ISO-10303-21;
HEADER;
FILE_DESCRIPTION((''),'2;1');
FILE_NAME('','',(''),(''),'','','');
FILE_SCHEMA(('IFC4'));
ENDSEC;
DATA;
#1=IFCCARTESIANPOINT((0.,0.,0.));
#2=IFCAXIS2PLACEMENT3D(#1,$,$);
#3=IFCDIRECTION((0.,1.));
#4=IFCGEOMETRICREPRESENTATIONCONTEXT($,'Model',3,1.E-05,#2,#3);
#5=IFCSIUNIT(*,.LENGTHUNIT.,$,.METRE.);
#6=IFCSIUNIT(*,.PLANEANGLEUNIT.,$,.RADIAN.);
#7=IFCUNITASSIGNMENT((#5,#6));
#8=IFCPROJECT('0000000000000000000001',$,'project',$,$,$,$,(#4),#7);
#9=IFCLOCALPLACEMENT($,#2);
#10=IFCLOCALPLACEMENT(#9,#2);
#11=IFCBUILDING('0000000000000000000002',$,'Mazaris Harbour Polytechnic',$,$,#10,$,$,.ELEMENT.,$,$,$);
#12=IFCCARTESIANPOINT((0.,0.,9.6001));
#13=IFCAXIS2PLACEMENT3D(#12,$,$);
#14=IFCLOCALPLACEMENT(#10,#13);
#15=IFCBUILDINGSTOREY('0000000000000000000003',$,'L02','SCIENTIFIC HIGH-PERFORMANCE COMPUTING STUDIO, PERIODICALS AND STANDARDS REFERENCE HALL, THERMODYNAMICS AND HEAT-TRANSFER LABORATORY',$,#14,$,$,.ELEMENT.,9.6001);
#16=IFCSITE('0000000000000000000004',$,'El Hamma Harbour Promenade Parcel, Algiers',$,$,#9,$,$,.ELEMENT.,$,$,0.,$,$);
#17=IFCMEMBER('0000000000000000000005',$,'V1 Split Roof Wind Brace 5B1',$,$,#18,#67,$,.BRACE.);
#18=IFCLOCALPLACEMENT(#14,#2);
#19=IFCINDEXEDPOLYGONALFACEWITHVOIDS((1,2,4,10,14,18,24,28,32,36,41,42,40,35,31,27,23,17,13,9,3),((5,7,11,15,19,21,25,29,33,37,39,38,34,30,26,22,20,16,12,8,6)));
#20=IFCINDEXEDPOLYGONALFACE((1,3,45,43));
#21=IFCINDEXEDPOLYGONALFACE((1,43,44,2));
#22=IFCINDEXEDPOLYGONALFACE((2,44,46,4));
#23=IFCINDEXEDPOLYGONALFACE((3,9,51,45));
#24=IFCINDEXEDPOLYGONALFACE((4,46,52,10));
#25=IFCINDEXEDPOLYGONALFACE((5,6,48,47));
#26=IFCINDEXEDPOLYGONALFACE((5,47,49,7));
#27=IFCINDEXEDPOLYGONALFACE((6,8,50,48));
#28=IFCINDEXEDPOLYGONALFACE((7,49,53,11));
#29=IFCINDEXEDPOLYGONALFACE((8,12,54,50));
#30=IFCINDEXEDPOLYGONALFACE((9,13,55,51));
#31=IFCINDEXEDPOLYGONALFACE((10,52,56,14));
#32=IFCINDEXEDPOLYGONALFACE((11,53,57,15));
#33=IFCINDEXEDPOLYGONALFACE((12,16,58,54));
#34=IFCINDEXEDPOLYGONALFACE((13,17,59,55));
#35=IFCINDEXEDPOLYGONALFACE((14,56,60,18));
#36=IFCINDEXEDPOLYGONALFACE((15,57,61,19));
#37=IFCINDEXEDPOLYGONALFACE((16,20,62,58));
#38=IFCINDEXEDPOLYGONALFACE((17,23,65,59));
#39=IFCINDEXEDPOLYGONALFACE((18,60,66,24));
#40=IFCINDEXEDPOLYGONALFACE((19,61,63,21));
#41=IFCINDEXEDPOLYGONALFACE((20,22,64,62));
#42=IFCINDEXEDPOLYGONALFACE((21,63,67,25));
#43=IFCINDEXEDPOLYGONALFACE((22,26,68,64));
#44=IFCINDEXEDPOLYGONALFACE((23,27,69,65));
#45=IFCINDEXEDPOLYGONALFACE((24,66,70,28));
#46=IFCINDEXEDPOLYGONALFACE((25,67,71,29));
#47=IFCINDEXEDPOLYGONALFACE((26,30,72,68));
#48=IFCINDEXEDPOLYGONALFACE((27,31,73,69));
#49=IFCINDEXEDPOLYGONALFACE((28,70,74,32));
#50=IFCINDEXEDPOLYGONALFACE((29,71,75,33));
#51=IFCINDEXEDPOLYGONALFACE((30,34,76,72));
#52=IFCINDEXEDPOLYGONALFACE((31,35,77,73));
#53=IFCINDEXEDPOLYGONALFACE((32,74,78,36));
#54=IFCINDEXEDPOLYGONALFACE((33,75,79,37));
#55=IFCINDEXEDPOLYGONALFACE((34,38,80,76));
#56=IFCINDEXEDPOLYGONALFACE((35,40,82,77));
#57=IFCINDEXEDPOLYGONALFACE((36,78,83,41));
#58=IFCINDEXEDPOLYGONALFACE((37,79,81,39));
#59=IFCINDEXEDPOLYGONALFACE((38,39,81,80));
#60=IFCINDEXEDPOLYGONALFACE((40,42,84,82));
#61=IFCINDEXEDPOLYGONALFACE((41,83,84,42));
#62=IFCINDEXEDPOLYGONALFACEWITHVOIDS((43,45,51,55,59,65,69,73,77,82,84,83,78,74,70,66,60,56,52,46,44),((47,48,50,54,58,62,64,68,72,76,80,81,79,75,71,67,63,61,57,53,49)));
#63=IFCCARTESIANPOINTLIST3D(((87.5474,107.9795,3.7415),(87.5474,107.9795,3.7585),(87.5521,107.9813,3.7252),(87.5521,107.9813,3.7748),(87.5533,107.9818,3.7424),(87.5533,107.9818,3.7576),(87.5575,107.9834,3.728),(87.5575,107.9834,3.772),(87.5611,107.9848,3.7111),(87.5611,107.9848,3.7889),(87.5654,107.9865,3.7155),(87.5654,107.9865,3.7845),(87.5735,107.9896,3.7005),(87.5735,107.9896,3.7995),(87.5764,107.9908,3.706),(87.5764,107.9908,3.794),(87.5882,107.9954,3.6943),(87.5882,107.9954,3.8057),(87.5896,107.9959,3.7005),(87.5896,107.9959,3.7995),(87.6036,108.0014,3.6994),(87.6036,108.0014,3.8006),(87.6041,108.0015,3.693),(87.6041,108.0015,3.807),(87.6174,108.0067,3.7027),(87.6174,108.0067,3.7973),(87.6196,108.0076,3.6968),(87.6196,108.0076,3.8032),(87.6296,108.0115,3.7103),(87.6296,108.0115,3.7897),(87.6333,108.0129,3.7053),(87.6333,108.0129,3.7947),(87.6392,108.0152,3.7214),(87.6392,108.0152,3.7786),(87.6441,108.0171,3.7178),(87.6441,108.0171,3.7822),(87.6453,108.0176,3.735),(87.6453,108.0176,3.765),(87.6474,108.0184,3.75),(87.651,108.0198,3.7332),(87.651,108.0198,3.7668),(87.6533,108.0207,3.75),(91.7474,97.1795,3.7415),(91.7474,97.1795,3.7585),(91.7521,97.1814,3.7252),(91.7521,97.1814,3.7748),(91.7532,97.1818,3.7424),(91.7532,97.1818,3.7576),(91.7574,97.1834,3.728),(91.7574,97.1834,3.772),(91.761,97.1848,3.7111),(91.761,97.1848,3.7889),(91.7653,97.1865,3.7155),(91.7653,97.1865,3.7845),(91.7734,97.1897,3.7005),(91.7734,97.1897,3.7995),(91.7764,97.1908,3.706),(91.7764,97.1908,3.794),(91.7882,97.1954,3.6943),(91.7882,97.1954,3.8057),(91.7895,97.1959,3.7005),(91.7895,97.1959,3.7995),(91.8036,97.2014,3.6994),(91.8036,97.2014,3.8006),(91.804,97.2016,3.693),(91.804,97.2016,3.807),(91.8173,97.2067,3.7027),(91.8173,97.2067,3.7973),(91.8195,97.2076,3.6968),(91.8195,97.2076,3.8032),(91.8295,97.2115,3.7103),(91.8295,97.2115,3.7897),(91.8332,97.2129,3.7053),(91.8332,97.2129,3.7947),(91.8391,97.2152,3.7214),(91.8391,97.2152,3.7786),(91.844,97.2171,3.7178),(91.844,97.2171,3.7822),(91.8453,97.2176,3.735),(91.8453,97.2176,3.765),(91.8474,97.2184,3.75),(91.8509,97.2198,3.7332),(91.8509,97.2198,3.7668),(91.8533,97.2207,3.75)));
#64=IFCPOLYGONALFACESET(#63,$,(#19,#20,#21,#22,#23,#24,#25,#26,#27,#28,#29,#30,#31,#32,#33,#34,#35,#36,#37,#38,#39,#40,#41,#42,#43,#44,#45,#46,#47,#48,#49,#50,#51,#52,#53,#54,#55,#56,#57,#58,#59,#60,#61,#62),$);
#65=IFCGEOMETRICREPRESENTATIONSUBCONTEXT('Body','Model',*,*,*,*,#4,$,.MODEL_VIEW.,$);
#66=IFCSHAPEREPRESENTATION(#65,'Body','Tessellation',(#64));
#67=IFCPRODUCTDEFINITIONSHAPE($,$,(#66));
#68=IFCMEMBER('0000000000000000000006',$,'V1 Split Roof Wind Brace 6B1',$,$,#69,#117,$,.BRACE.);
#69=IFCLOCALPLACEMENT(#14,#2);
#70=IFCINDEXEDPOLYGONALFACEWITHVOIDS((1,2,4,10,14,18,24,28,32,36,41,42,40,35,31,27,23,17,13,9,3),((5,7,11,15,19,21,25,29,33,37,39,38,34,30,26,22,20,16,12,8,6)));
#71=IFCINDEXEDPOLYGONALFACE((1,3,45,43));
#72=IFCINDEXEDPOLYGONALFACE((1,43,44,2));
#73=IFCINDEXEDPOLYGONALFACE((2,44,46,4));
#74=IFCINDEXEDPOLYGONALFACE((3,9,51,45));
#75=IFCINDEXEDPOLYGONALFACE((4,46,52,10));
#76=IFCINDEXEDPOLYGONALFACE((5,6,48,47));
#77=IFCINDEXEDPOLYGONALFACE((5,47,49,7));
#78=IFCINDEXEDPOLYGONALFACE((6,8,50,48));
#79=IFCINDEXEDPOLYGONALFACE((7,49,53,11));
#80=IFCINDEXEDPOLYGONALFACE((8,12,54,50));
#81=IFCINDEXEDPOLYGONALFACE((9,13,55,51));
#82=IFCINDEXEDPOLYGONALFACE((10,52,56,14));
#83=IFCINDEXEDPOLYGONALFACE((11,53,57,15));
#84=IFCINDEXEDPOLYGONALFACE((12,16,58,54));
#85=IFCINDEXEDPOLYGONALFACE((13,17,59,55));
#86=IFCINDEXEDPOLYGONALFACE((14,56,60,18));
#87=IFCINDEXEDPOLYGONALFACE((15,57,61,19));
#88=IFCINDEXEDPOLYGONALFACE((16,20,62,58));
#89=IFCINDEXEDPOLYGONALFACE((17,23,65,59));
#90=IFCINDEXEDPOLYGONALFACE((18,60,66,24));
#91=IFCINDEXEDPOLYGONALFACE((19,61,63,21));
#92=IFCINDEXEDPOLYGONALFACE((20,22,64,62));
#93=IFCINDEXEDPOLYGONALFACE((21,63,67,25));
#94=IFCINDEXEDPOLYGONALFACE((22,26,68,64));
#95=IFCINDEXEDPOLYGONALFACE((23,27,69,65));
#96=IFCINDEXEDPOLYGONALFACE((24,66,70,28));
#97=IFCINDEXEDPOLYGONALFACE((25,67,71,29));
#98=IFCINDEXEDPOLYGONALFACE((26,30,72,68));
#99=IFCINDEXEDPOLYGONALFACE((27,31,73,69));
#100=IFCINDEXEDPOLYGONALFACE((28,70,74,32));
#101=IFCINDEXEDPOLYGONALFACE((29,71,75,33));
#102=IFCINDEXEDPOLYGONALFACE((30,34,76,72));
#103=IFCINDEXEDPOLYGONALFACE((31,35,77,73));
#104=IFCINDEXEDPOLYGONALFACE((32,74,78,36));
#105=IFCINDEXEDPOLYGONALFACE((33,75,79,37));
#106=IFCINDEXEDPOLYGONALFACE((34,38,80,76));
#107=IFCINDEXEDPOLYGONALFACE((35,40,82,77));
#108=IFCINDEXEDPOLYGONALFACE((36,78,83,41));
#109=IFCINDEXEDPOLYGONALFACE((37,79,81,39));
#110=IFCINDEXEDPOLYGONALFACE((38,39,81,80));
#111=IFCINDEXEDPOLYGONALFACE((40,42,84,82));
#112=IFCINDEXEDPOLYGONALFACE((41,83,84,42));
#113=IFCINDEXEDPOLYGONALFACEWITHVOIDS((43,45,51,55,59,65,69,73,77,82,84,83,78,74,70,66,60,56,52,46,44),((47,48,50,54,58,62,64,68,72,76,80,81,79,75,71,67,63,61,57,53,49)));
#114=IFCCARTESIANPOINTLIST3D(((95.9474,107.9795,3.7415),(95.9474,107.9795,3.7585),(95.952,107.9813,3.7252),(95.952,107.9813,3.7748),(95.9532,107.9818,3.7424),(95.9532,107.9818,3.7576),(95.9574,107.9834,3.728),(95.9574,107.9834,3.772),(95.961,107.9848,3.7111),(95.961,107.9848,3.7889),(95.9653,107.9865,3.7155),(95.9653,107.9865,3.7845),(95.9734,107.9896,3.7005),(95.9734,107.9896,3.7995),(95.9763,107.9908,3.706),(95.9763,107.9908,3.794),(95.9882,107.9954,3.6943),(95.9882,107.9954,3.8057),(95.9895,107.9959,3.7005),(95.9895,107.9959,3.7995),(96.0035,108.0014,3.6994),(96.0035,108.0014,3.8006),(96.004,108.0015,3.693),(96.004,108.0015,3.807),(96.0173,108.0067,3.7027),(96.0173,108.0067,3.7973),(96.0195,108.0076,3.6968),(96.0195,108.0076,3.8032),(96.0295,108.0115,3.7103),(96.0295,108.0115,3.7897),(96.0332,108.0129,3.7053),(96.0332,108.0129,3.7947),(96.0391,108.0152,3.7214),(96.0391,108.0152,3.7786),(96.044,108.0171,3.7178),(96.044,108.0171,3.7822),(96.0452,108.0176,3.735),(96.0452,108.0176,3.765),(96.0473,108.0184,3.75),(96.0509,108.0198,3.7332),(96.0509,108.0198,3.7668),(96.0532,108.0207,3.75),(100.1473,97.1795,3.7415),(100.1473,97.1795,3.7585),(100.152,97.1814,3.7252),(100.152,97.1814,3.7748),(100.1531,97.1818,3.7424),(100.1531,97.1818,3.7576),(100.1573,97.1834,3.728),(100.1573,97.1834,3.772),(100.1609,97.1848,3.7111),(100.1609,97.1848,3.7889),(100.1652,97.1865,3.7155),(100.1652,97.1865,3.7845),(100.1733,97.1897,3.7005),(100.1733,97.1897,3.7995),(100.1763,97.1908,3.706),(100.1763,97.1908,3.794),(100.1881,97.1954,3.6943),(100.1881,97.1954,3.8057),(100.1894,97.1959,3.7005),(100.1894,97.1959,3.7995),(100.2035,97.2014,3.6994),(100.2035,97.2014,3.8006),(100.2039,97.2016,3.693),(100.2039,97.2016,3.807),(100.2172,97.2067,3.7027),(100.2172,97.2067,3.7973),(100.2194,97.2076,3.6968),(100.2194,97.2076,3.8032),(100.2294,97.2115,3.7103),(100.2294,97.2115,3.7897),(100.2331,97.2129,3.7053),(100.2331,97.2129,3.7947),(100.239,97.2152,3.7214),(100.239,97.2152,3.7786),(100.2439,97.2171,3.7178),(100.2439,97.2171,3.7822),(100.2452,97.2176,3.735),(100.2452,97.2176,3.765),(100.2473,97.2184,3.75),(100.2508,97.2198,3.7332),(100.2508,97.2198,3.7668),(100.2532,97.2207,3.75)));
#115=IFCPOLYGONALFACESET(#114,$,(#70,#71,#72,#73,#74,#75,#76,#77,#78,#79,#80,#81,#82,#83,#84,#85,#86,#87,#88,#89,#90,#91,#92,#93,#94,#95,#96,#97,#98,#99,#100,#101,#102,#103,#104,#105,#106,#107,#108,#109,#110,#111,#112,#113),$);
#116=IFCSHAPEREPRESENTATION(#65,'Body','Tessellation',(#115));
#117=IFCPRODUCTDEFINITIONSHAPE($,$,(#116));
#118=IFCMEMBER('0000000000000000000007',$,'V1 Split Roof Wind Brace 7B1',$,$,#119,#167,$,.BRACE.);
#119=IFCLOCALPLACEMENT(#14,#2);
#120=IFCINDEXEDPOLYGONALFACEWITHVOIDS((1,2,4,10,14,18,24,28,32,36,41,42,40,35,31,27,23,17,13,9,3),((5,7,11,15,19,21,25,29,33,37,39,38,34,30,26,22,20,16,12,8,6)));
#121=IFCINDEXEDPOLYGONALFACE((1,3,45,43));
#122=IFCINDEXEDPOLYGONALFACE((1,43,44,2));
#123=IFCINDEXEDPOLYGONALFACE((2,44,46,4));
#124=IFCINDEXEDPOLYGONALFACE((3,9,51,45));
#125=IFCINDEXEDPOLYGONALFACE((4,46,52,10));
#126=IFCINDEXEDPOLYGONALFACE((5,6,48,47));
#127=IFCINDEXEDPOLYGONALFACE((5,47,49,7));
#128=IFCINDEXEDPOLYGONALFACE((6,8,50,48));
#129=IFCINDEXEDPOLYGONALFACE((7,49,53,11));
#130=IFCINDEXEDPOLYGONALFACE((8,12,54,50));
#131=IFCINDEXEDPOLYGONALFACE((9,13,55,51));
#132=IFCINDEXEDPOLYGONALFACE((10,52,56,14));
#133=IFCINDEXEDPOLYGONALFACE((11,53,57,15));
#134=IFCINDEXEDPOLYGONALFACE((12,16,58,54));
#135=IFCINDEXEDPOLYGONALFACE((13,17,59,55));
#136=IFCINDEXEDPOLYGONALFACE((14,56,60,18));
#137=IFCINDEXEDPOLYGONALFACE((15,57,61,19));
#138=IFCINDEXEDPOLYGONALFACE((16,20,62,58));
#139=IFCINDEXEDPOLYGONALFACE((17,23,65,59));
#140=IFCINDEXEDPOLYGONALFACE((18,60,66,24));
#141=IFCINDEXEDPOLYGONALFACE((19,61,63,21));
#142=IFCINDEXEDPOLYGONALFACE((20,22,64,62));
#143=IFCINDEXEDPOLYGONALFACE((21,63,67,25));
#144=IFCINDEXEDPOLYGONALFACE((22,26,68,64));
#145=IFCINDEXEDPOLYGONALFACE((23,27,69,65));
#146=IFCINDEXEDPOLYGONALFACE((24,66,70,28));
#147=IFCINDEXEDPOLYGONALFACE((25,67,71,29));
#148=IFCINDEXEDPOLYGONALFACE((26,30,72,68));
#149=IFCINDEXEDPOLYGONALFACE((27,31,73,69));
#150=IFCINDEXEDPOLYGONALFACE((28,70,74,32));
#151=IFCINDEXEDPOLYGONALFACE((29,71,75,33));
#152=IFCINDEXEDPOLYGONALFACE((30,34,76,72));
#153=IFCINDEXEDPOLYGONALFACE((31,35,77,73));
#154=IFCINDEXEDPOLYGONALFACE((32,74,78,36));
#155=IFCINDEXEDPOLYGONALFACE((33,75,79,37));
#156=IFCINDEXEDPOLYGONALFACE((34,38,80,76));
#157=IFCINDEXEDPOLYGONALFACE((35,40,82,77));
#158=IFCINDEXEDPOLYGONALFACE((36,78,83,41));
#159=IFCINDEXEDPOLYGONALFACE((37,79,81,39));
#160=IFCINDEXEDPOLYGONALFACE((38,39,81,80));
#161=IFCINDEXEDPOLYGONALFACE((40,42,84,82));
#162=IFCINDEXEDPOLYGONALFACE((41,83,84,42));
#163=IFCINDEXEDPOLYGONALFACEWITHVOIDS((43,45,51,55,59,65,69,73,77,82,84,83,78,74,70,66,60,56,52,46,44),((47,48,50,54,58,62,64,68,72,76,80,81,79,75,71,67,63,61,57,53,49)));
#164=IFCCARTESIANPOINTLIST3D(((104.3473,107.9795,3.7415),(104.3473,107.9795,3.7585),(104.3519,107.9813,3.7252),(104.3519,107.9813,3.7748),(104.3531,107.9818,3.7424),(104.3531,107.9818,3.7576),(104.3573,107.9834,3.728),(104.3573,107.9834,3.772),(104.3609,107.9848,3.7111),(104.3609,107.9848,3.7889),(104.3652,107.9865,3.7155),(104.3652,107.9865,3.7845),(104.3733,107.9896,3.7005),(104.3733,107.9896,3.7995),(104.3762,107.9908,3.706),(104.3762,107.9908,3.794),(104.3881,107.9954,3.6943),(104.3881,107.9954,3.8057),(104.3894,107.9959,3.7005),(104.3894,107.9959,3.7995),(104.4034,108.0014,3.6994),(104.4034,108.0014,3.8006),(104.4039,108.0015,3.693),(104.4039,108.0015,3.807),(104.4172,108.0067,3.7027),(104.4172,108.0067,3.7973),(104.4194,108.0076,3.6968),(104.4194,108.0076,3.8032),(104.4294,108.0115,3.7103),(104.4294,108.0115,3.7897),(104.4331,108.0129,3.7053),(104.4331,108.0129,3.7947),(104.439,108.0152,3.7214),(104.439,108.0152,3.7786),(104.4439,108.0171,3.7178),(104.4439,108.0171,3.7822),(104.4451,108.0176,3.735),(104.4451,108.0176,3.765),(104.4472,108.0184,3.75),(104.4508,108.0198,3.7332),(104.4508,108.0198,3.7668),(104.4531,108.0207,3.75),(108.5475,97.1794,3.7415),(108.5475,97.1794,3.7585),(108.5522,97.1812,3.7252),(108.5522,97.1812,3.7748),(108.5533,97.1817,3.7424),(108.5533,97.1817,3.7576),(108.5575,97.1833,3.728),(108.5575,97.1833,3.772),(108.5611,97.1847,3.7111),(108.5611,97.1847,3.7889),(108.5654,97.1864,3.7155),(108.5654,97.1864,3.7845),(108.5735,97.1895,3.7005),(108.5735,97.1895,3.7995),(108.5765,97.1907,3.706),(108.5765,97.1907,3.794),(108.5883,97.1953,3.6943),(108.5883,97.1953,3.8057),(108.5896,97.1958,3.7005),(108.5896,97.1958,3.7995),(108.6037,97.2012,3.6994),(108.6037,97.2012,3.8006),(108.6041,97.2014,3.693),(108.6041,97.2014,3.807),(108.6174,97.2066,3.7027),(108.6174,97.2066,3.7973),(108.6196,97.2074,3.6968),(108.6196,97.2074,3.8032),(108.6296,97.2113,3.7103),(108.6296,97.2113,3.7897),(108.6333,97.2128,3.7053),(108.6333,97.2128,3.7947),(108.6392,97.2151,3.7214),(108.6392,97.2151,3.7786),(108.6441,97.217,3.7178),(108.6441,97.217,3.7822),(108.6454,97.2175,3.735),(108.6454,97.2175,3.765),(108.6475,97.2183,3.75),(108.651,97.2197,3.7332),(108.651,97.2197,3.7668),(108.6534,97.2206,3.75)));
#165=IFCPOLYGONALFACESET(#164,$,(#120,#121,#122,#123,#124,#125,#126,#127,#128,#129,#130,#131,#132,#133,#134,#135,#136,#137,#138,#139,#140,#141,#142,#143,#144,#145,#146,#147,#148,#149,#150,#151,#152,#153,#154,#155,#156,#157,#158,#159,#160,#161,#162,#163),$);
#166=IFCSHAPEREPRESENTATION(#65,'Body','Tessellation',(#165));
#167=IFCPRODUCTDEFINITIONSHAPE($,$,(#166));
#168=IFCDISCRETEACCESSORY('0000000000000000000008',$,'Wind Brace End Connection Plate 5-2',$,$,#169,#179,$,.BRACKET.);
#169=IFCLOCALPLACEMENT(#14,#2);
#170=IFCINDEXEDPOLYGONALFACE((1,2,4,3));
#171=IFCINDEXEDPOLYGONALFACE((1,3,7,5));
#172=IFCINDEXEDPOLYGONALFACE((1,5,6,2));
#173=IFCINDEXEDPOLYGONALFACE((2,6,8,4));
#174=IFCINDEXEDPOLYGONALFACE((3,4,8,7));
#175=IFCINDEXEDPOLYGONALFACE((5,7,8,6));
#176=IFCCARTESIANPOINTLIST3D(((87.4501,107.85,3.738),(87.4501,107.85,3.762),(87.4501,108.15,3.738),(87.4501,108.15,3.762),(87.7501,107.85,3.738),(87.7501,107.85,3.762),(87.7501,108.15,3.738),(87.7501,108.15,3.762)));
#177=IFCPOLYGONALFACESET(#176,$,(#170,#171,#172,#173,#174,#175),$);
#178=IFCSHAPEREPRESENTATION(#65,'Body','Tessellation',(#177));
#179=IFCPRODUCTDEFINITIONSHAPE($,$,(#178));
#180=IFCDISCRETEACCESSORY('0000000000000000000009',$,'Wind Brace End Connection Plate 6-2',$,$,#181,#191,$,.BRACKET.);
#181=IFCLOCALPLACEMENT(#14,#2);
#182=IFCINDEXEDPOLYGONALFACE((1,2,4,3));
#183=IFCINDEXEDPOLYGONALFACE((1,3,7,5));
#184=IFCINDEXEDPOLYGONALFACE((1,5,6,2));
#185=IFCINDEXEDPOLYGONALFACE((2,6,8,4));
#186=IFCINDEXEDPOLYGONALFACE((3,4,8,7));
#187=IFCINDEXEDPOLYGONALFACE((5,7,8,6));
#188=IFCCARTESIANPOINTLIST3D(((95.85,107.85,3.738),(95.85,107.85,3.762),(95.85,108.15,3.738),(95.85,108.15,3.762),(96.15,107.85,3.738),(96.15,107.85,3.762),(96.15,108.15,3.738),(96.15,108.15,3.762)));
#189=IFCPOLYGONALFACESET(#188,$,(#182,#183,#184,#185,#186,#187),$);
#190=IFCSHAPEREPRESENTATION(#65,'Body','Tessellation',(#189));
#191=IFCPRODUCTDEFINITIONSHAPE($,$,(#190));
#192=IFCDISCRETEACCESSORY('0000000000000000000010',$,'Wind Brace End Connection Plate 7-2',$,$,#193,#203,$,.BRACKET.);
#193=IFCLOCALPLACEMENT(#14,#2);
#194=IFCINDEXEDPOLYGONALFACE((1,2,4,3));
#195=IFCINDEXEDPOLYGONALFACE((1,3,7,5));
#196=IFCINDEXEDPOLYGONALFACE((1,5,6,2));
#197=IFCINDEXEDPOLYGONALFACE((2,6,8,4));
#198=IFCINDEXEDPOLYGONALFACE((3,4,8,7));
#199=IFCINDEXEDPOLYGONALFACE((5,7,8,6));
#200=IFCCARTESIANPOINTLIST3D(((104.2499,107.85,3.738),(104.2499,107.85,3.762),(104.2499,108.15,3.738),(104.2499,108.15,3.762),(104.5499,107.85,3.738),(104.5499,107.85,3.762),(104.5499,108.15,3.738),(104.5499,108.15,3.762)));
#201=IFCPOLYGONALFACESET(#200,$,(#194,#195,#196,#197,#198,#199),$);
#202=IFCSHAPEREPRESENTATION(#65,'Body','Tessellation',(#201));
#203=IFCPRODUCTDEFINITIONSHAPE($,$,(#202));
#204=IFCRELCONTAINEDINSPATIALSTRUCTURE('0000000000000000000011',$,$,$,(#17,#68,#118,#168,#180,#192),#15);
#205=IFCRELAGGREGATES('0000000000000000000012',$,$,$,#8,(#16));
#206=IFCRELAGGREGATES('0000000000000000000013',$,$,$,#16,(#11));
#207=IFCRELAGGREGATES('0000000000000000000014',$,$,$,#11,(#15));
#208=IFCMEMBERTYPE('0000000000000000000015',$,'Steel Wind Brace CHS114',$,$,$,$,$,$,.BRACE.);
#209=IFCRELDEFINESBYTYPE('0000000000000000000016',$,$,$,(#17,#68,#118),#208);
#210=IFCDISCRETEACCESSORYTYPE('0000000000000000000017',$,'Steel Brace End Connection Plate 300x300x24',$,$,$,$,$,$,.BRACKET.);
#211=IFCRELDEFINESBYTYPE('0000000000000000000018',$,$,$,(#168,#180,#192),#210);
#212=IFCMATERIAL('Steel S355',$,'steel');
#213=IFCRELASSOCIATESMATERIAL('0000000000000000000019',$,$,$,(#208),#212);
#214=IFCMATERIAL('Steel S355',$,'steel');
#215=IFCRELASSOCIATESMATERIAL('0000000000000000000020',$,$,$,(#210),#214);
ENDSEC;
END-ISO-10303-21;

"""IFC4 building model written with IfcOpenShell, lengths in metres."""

from ifc_helpers import new_model, si_unit, direction, frame, origin, origin_2d, place, context, subcontext, project, spatial, rectangle, hollow_circle, extrude, material, material_profile, profile_set, type_object, element, save


model = new_model("IFC4")

# Units and contexts
model_context = context("Model", 3, precision=1e-05, world=origin(), true_north=direction((0.0, 1.0)))
body_context = subcontext(model_context, "Body", "Model", "MODEL_VIEW")
ifc_project = project(units=[si_unit("LENGTHUNIT", "METRE"), si_unit("PLANEANGLEUNIT", "RADIAN")], contexts=[model_context])

# Site, building, storey
site_placement = place(None, origin())
site = spatial("IfcSite", under=ifc_project, at=site_placement, Name="El Hamma Harbour Promenade Parcel, Algiers", CompositionType="ELEMENT", RefElevation=0.0)
building_placement = place(site_placement, origin())
building = spatial("IfcBuilding", under=site, at=building_placement, Name="Mazaris Harbour Polytechnic", CompositionType="ELEMENT")
storey_placement = place(building_placement, frame((0.0, 0.0, 9.6001)))
storey = spatial("IfcBuildingStorey", under=building, at=storey_placement, Name="L02", Description="SCIENTIFIC HIGH-PERFORMANCE COMPUTING STUDIO, PERIODICALS AND STANDARDS REFERENCE HALL, THERMODYNAMICS AND HEAT-TRANSFER LABORATORY", CompositionType="ELEMENT", Elevation=9.6001)

# Members
ifc_material_1 = material(Name="Steel S355", Category="steel")
ifc_material_profile_1 = material_profile(ifc_material_1, hollow_circle(Radius=0.0571, WallThickness=0.0063, at=origin_2d()), Name="CHS 114.3x6.3")
ifc_profile_set_1 = profile_set([ifc_material_profile_1], Name="Steel S355")
member_type_1 = type_object("IfcMemberType", Name="Steel Wind Brace CHS114", PredefinedType="BRACE", material=ifc_profile_set_1)
for number, where, z_axis, x_axis, name in (
    (1, (87.6001, 108.0, 3.75), (0.362441, -0.932007, 0.0), (0.932007, 0.362441, 0.0), "V1 Split Roof Wind Brace 5B1"),
    (2, (96.0, 108.0, 3.75), (0.362441, -0.932007, 0.0), (0.932007, 0.362441, 0.0), "V1 Split Roof Wind Brace 6B1"),
):
    element("IfcMember", number, at=place(storey_placement, frame(where, z_axis=z_axis, x_axis=x_axis)), inside=storey, type_object=member_type_1, Name=name, PredefinedType="BRACE", context=body_context, shape_type="SweptSolid", body=[
        extrude(hollow_circle(Radius=0.0571, WallThickness=0.0063, at=origin_2d()), origin(), (0.0, 0.0, 1.0), 11.5879),
    ])
member_1_placement = place(storey_placement, frame((104.3999, 108.0, 3.75), z_axis=(0.362459, -0.932, 0.0), x_axis=(0.932, 0.362459, 0.0)))
element("IfcMember", 3, at=member_1_placement, inside=storey, type_object=member_type_1, Name="V1 Split Roof Wind Brace 7B1", PredefinedType="BRACE", context=body_context, shape_type="SweptSolid", body=[
    extrude(hollow_circle(Radius=0.0571, WallThickness=0.0063, at=origin_2d()), origin(), (0.0, 0.0, 1.0), 11.5881),
])

# Discrete accessories
ifc_material_2 = material(Name="Steel S355", Category="steel")
discrete_accessory_type_1 = type_object("IfcDiscreteAccessoryType", Name="Steel Brace End Connection Plate 300x300x24", PredefinedType="BRACKET", material=ifc_material_2)
for number, where, z_axis, x_axis, name in (
    (4, (87.6001, 108.0, 3.738), (0.0, 0.0, 1.0), (1.0, 0.0, 0.0), "Wind Brace End Connection Plate 5-2"),
    (5, (96.0, 108.0, 3.738), (0.0, 0.0, 1.0), (1.0, 0.0, 0.0), "Wind Brace End Connection Plate 6-2"),
    (6, (104.3999, 108.0, 3.738), (0.0, 0.0, 1.0), (1.0, 0.0, 0.0), "Wind Brace End Connection Plate 7-2"),
):
    element("IfcDiscreteAccessory", number, at=place(storey_placement, frame(where, z_axis=z_axis, x_axis=x_axis)), inside=storey, type_object=discrete_accessory_type_1, Name=name, PredefinedType="BRACKET", context=body_context, shape_type="SweptSolid", body=[
        extrude(rectangle(XDim=0.3, YDim=0.3, at=origin_2d()), origin(), (0.0, 0.0, 1.0), 0.0239),
    ])

save(model, "model.ifc")
